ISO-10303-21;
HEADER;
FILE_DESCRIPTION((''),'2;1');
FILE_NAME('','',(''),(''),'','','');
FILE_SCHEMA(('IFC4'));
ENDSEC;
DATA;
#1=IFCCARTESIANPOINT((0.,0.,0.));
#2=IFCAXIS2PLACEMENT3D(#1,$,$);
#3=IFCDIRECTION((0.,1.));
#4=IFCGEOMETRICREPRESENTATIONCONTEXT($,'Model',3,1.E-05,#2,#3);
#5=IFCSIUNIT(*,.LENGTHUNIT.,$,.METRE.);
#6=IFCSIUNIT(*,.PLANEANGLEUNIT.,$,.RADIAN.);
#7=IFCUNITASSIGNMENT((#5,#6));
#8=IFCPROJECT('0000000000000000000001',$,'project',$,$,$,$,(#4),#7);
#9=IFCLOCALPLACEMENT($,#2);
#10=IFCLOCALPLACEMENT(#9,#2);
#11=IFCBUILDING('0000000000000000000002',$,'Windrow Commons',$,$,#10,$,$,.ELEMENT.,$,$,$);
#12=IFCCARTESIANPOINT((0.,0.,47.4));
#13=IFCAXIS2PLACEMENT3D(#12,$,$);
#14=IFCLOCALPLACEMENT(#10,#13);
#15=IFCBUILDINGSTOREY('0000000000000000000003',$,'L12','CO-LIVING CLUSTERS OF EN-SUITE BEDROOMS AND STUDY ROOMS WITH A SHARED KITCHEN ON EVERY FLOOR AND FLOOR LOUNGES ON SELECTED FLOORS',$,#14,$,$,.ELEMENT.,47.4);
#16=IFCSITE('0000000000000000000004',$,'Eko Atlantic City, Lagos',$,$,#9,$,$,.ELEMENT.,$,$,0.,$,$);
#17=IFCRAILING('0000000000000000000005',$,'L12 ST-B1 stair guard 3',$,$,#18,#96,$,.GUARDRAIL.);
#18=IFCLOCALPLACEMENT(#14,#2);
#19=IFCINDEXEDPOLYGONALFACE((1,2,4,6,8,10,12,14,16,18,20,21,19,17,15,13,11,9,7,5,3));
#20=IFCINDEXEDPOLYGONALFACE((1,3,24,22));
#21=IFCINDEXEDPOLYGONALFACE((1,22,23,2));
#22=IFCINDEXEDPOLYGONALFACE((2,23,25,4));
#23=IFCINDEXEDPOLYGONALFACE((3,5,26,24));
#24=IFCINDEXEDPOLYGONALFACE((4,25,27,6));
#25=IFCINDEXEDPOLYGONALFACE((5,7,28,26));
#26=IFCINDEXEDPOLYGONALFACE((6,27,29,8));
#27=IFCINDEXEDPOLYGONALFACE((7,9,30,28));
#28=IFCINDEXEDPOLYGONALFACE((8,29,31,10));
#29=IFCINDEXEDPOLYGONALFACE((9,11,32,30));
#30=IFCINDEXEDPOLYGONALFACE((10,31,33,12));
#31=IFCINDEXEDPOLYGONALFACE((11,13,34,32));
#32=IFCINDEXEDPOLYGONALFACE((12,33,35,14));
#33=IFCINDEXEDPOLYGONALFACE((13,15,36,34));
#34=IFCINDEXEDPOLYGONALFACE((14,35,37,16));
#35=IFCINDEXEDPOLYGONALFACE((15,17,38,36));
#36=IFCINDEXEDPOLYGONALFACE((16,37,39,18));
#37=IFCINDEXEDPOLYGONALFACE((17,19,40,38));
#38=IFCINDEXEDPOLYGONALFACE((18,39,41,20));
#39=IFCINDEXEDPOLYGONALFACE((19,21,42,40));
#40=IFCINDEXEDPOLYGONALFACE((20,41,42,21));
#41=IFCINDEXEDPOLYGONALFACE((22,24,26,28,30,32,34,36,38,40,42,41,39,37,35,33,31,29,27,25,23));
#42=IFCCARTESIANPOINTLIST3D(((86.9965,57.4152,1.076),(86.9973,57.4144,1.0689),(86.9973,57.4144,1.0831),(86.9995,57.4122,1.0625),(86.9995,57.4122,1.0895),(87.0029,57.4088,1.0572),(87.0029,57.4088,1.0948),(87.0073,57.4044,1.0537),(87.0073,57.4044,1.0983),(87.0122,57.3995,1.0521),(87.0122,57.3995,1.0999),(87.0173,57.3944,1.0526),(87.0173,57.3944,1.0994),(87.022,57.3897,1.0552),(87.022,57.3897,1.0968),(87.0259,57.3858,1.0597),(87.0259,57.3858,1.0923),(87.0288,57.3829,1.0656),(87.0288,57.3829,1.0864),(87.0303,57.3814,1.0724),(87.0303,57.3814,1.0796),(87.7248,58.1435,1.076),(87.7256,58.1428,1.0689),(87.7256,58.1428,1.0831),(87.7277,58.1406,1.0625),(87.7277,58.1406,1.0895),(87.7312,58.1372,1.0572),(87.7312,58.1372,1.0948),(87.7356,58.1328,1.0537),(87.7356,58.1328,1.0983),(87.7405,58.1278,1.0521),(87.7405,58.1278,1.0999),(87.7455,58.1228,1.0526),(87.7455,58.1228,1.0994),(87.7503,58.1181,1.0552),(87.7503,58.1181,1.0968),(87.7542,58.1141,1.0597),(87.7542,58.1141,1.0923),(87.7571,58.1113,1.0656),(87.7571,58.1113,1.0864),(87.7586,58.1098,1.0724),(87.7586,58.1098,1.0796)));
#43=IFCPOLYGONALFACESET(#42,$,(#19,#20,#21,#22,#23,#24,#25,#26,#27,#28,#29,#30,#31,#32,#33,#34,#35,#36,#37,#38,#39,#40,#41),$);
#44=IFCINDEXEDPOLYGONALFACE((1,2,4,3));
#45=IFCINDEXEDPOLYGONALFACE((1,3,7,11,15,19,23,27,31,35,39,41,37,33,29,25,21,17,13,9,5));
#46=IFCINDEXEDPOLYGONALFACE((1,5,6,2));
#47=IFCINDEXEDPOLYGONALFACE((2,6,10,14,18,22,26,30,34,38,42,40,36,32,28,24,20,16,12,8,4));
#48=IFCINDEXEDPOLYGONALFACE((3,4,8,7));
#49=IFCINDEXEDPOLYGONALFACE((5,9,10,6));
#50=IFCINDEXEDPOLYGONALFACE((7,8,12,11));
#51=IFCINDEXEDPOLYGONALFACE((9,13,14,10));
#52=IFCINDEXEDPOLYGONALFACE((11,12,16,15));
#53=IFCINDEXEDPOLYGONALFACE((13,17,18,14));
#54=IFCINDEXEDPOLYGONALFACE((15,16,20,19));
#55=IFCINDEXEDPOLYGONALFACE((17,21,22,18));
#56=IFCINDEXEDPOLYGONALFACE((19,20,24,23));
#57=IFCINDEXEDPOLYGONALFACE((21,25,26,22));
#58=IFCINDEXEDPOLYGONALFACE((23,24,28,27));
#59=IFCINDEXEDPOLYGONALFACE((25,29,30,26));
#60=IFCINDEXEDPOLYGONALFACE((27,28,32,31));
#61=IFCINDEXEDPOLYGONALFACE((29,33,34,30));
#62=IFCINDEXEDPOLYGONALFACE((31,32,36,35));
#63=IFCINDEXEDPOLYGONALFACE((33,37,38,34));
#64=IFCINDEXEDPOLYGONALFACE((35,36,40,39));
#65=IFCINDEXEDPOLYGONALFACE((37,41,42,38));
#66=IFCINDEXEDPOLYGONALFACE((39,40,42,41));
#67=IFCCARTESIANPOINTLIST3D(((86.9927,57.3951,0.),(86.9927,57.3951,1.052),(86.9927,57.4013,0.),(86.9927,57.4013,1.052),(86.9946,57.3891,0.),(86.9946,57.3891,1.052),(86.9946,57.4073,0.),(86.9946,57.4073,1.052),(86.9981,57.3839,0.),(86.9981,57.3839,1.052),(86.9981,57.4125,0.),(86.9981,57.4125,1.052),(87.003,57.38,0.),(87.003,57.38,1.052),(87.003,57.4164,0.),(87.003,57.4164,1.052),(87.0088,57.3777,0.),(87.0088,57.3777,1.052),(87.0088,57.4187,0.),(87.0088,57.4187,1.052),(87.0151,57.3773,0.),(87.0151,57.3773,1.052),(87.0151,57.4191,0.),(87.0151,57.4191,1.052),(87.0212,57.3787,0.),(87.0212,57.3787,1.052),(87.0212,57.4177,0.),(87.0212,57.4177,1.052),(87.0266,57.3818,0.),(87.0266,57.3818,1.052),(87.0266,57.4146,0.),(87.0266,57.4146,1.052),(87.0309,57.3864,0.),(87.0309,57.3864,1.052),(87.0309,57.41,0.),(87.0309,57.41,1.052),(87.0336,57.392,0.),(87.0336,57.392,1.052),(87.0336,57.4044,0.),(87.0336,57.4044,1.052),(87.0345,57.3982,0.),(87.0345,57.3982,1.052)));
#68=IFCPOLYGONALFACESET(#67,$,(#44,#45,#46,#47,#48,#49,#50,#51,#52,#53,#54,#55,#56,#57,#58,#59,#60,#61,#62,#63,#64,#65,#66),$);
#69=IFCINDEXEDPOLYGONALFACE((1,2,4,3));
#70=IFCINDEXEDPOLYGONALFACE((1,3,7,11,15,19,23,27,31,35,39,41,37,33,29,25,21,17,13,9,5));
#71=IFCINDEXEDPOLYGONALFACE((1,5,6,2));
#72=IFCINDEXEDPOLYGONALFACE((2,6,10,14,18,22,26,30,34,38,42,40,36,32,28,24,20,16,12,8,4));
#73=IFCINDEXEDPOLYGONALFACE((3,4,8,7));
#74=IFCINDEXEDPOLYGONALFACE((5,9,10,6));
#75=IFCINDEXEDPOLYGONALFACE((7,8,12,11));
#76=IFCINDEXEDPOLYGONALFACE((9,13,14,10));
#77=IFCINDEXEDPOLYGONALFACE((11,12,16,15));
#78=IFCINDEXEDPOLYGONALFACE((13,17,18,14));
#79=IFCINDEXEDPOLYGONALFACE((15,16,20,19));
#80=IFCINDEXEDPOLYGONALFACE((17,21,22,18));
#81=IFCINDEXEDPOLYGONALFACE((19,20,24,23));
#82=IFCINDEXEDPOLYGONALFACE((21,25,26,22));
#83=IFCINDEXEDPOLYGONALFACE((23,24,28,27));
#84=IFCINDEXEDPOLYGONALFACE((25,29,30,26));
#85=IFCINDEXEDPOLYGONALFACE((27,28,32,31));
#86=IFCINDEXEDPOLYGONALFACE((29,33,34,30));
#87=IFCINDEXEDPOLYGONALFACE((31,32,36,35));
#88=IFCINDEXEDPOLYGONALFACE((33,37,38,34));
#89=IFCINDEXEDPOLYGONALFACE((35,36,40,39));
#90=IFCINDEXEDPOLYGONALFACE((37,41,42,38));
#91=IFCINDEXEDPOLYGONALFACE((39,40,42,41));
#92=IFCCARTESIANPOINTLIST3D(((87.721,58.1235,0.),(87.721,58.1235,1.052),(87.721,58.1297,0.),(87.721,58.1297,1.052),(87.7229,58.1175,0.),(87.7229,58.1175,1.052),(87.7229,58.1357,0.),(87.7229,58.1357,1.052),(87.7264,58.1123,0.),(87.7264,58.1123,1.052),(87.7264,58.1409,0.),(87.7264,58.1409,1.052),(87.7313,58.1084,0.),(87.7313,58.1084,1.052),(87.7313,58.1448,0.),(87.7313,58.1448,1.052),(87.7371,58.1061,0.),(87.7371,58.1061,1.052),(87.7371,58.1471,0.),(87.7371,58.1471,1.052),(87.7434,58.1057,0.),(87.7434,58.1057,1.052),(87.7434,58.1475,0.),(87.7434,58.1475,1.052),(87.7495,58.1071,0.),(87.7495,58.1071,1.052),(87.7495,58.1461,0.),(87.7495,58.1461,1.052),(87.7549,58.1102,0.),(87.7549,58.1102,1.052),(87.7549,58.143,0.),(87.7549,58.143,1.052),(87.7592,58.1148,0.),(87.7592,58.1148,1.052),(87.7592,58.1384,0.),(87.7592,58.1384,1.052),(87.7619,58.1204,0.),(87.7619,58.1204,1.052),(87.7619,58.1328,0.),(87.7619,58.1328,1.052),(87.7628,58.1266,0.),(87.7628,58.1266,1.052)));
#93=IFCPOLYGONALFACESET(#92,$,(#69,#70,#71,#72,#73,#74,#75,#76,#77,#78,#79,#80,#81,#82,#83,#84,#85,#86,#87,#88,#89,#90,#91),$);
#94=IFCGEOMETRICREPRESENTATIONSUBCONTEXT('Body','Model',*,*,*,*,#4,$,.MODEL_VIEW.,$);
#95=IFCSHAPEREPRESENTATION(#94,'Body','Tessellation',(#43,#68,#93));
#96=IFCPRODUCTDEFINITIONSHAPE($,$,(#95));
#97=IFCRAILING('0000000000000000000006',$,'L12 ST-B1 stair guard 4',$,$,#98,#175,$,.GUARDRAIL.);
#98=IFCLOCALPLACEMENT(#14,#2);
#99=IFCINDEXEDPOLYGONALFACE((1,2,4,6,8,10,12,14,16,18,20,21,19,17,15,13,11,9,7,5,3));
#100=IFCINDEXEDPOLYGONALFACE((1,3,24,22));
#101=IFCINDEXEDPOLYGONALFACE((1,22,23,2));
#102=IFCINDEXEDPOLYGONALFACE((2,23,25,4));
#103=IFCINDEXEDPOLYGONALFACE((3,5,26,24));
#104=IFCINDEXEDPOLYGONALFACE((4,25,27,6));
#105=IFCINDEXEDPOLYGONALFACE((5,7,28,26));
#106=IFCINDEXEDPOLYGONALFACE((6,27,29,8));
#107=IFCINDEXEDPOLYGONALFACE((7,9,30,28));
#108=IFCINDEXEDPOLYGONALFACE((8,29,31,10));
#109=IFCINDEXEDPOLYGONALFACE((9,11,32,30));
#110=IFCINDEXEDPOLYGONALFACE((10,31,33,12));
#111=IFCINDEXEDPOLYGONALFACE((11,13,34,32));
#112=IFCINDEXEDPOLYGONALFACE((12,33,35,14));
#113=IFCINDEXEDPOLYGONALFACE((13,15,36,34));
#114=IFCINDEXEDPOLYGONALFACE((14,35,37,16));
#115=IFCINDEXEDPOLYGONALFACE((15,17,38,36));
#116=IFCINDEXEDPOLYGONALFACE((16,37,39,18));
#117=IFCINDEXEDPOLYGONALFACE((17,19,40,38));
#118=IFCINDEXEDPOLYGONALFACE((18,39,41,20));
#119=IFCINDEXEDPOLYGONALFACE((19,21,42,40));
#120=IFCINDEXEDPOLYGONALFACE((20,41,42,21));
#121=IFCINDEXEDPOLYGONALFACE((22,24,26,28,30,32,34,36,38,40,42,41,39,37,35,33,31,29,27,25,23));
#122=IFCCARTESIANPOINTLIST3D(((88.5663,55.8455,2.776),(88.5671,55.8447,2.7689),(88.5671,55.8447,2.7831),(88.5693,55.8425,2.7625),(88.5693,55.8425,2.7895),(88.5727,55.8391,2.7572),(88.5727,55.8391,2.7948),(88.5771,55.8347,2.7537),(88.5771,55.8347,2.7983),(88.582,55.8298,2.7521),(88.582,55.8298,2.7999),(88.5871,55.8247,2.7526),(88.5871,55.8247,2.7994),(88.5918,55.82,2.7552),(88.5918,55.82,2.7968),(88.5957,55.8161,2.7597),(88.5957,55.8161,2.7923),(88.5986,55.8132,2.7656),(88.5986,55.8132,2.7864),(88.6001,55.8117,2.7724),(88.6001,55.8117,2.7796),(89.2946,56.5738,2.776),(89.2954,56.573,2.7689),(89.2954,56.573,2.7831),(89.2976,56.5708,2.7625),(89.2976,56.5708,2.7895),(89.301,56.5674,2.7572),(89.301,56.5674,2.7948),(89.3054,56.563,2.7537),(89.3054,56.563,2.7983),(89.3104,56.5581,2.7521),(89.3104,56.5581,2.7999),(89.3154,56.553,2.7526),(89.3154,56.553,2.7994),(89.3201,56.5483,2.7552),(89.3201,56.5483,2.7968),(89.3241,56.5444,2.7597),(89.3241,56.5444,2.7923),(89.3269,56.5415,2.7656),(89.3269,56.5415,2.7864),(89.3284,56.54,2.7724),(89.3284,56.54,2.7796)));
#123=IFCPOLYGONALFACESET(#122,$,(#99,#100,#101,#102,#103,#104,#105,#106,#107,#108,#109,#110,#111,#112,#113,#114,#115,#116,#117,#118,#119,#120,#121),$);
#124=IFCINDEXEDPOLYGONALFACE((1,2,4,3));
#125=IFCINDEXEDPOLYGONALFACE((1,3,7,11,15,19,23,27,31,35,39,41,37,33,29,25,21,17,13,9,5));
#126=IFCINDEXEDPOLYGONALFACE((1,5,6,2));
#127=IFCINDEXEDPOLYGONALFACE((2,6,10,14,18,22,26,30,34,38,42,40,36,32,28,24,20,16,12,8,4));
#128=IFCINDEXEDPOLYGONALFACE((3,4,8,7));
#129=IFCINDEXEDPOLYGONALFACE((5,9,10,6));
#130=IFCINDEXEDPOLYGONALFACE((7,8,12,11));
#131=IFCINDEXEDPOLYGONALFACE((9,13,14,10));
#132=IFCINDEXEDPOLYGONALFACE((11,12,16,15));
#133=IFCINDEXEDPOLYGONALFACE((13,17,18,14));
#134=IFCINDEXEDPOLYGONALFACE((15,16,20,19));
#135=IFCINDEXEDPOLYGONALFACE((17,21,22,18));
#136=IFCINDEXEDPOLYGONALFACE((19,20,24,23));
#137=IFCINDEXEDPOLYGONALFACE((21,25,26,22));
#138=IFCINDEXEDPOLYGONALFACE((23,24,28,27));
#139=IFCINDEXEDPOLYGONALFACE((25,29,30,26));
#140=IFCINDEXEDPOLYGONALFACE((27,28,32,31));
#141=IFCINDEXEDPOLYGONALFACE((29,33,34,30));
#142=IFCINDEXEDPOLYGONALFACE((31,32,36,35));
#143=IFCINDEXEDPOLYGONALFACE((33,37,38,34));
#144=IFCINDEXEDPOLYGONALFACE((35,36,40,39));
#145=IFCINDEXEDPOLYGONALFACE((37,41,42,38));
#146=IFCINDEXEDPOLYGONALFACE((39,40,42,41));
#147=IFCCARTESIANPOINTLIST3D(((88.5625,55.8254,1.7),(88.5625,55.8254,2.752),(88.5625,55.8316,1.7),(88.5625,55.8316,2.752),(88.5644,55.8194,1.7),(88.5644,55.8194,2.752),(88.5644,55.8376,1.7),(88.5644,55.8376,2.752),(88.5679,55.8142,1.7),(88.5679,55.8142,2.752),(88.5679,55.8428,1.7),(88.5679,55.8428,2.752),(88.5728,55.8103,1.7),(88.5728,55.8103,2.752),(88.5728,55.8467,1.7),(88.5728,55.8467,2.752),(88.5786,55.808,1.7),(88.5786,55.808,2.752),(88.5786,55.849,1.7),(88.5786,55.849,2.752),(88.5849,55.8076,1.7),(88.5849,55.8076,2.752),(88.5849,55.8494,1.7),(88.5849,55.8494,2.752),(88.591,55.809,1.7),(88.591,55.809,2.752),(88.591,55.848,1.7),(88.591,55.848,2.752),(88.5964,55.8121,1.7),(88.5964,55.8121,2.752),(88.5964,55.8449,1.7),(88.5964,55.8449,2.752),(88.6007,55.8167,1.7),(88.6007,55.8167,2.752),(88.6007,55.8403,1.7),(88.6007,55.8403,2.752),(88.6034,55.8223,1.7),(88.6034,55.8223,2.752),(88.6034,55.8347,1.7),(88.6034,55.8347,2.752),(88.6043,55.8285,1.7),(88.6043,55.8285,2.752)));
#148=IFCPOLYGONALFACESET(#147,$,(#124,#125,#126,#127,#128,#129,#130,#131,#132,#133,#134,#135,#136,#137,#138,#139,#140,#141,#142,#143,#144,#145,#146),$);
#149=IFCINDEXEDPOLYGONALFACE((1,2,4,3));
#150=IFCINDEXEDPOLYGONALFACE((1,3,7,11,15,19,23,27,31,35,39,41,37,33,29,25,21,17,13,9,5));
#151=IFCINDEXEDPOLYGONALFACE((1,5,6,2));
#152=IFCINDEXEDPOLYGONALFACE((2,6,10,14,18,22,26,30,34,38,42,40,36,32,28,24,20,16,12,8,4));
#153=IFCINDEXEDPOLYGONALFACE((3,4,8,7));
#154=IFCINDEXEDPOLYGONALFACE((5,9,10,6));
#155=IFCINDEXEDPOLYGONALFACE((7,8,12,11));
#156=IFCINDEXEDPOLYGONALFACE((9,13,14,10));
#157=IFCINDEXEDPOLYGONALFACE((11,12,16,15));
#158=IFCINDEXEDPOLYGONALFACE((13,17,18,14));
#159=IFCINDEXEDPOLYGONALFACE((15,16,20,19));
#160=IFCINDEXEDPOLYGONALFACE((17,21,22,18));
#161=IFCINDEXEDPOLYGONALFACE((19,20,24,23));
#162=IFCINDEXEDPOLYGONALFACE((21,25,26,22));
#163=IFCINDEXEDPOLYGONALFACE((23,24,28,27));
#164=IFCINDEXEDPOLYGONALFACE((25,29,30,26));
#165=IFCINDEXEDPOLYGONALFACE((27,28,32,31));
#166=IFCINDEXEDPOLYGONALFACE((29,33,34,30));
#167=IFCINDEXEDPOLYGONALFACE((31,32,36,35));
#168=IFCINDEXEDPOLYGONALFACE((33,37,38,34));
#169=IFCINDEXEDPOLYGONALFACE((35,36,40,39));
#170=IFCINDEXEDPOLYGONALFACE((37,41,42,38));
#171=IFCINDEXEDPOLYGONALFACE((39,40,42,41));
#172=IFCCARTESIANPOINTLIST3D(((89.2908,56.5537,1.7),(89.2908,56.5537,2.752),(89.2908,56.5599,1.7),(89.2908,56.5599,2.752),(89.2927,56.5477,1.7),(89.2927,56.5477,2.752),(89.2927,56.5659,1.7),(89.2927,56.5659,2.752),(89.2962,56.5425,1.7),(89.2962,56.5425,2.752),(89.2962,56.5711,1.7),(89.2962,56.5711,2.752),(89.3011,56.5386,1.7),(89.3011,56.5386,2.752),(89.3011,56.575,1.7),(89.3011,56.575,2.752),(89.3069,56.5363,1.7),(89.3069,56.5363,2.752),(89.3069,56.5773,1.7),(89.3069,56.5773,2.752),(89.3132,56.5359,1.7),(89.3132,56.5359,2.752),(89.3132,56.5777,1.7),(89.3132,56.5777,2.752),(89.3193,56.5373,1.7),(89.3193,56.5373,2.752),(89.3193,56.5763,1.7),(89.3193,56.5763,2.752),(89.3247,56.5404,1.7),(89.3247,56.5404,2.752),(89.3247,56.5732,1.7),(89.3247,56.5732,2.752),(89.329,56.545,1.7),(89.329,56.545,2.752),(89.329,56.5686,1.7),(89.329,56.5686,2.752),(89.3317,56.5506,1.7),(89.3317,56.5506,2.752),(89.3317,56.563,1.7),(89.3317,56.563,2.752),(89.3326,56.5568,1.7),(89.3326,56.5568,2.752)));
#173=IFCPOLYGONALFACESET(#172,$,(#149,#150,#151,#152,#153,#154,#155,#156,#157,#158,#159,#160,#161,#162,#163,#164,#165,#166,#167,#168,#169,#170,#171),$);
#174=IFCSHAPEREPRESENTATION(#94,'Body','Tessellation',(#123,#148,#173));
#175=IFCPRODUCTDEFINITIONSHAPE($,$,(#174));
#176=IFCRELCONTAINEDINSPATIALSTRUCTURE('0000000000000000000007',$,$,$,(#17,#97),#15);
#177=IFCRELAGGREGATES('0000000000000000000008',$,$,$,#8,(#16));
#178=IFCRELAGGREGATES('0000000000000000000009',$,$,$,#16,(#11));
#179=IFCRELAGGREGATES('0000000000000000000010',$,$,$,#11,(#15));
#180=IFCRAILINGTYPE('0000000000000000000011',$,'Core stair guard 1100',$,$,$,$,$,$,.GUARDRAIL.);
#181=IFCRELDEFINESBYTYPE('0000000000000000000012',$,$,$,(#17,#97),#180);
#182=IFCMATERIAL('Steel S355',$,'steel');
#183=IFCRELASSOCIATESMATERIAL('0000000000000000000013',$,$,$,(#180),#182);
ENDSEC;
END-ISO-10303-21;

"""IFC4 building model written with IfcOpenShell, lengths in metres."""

from ifc_helpers import new_model, si_unit, direction, frame, origin, origin_2d, place, context, subcontext, project, spatial, circle, extrude, material, type_object, element, save


model = new_model("IFC4")

# Units and contexts
model_context = context("Model", 3, precision=1e-05, world=origin(), true_north=direction((0.0, 1.0)))
body_context = subcontext(model_context, "Body", "Model", "MODEL_VIEW")
ifc_project = project(units=[si_unit("LENGTHUNIT", "METRE"), si_unit("PLANEANGLEUNIT", "RADIAN")], contexts=[model_context])

# Site, building, storey
site_placement = place(None, origin())
site = spatial("IfcSite", under=ifc_project, at=site_placement, Name="Eko Atlantic City, Lagos", CompositionType="ELEMENT", RefElevation=0.0)
building_placement = place(site_placement, origin())
building = spatial("IfcBuilding", under=site, at=building_placement, Name="Windrow Commons", CompositionType="ELEMENT")
storey_placement = place(building_placement, frame((0.0, 0.0, 47.4)))
storey = spatial("IfcBuildingStorey", under=building, at=storey_placement, Name="L12", Description="CO-LIVING CLUSTERS OF EN-SUITE BEDROOMS AND STUDY ROOMS WITH A SHARED KITCHEN ON EVERY FLOOR AND FLOOR LOUNGES ON SELECTED FLOORS", CompositionType="ELEMENT", Elevation=47.4)

# Railings
ifc_material_1 = material(Name="Steel S355", Category="steel")
railing_type_1 = type_object("IfcRailingType", Name="Core stair guard 1100", PredefinedType="GUARDRAIL", material=ifc_material_1)
railing_1_placement = place(storey_placement, frame((87.0135, 57.3982, 0.0)))
element("IfcRailing", 1, at=railing_1_placement, inside=storey, type_object=railing_type_1, Name="L12 ST-B1 stair guard 3", PredefinedType="GUARDRAIL", context=body_context, shape_type="SweptSolid", body=[
    extrude(circle(Radius=0.024, at=origin_2d()), frame((0.0, 0.0, 1.076), z_axis=(0.707058, 0.707155, 0.0), x_axis=(-0.707155, 0.707058, 0.0)), (0.0, 0.0, 1.0), 1.03),
    extrude(circle(Radius=0.021, at=origin_2d()), origin(), (0.0, 0.0, 1.0), 1.052),
    extrude(circle(Radius=0.021, at=origin_2d()), frame((0.7283, 0.7284, 0.0)), (0.0, 0.0, 1.0), 1.052),
])
railing_2_placement = place(storey_placement, frame((88.5833, 55.8285, 1.7)))
element("IfcRailing", 2, at=railing_2_placement, inside=storey, type_object=railing_type_1, Name="L12 ST-B1 stair guard 4", PredefinedType="GUARDRAIL", context=body_context, shape_type="SweptSolid", body=[
    extrude(circle(Radius=0.024, at=origin_2d()), frame((0.0, 0.0, 1.076), z_axis=(0.707107, 0.707107, 0.0), x_axis=(-0.707107, 0.707107, 0.0)), (0.0, 0.0, 1.0), 1.03),
    extrude(circle(Radius=0.021, at=origin_2d()), origin(), (0.0, 0.0, 1.0), 1.052),
    extrude(circle(Radius=0.021, at=origin_2d()), frame((0.7283, 0.7283, 0.0)), (0.0, 0.0, 1.0), 1.052),
])

save(model, "model.ifc")
